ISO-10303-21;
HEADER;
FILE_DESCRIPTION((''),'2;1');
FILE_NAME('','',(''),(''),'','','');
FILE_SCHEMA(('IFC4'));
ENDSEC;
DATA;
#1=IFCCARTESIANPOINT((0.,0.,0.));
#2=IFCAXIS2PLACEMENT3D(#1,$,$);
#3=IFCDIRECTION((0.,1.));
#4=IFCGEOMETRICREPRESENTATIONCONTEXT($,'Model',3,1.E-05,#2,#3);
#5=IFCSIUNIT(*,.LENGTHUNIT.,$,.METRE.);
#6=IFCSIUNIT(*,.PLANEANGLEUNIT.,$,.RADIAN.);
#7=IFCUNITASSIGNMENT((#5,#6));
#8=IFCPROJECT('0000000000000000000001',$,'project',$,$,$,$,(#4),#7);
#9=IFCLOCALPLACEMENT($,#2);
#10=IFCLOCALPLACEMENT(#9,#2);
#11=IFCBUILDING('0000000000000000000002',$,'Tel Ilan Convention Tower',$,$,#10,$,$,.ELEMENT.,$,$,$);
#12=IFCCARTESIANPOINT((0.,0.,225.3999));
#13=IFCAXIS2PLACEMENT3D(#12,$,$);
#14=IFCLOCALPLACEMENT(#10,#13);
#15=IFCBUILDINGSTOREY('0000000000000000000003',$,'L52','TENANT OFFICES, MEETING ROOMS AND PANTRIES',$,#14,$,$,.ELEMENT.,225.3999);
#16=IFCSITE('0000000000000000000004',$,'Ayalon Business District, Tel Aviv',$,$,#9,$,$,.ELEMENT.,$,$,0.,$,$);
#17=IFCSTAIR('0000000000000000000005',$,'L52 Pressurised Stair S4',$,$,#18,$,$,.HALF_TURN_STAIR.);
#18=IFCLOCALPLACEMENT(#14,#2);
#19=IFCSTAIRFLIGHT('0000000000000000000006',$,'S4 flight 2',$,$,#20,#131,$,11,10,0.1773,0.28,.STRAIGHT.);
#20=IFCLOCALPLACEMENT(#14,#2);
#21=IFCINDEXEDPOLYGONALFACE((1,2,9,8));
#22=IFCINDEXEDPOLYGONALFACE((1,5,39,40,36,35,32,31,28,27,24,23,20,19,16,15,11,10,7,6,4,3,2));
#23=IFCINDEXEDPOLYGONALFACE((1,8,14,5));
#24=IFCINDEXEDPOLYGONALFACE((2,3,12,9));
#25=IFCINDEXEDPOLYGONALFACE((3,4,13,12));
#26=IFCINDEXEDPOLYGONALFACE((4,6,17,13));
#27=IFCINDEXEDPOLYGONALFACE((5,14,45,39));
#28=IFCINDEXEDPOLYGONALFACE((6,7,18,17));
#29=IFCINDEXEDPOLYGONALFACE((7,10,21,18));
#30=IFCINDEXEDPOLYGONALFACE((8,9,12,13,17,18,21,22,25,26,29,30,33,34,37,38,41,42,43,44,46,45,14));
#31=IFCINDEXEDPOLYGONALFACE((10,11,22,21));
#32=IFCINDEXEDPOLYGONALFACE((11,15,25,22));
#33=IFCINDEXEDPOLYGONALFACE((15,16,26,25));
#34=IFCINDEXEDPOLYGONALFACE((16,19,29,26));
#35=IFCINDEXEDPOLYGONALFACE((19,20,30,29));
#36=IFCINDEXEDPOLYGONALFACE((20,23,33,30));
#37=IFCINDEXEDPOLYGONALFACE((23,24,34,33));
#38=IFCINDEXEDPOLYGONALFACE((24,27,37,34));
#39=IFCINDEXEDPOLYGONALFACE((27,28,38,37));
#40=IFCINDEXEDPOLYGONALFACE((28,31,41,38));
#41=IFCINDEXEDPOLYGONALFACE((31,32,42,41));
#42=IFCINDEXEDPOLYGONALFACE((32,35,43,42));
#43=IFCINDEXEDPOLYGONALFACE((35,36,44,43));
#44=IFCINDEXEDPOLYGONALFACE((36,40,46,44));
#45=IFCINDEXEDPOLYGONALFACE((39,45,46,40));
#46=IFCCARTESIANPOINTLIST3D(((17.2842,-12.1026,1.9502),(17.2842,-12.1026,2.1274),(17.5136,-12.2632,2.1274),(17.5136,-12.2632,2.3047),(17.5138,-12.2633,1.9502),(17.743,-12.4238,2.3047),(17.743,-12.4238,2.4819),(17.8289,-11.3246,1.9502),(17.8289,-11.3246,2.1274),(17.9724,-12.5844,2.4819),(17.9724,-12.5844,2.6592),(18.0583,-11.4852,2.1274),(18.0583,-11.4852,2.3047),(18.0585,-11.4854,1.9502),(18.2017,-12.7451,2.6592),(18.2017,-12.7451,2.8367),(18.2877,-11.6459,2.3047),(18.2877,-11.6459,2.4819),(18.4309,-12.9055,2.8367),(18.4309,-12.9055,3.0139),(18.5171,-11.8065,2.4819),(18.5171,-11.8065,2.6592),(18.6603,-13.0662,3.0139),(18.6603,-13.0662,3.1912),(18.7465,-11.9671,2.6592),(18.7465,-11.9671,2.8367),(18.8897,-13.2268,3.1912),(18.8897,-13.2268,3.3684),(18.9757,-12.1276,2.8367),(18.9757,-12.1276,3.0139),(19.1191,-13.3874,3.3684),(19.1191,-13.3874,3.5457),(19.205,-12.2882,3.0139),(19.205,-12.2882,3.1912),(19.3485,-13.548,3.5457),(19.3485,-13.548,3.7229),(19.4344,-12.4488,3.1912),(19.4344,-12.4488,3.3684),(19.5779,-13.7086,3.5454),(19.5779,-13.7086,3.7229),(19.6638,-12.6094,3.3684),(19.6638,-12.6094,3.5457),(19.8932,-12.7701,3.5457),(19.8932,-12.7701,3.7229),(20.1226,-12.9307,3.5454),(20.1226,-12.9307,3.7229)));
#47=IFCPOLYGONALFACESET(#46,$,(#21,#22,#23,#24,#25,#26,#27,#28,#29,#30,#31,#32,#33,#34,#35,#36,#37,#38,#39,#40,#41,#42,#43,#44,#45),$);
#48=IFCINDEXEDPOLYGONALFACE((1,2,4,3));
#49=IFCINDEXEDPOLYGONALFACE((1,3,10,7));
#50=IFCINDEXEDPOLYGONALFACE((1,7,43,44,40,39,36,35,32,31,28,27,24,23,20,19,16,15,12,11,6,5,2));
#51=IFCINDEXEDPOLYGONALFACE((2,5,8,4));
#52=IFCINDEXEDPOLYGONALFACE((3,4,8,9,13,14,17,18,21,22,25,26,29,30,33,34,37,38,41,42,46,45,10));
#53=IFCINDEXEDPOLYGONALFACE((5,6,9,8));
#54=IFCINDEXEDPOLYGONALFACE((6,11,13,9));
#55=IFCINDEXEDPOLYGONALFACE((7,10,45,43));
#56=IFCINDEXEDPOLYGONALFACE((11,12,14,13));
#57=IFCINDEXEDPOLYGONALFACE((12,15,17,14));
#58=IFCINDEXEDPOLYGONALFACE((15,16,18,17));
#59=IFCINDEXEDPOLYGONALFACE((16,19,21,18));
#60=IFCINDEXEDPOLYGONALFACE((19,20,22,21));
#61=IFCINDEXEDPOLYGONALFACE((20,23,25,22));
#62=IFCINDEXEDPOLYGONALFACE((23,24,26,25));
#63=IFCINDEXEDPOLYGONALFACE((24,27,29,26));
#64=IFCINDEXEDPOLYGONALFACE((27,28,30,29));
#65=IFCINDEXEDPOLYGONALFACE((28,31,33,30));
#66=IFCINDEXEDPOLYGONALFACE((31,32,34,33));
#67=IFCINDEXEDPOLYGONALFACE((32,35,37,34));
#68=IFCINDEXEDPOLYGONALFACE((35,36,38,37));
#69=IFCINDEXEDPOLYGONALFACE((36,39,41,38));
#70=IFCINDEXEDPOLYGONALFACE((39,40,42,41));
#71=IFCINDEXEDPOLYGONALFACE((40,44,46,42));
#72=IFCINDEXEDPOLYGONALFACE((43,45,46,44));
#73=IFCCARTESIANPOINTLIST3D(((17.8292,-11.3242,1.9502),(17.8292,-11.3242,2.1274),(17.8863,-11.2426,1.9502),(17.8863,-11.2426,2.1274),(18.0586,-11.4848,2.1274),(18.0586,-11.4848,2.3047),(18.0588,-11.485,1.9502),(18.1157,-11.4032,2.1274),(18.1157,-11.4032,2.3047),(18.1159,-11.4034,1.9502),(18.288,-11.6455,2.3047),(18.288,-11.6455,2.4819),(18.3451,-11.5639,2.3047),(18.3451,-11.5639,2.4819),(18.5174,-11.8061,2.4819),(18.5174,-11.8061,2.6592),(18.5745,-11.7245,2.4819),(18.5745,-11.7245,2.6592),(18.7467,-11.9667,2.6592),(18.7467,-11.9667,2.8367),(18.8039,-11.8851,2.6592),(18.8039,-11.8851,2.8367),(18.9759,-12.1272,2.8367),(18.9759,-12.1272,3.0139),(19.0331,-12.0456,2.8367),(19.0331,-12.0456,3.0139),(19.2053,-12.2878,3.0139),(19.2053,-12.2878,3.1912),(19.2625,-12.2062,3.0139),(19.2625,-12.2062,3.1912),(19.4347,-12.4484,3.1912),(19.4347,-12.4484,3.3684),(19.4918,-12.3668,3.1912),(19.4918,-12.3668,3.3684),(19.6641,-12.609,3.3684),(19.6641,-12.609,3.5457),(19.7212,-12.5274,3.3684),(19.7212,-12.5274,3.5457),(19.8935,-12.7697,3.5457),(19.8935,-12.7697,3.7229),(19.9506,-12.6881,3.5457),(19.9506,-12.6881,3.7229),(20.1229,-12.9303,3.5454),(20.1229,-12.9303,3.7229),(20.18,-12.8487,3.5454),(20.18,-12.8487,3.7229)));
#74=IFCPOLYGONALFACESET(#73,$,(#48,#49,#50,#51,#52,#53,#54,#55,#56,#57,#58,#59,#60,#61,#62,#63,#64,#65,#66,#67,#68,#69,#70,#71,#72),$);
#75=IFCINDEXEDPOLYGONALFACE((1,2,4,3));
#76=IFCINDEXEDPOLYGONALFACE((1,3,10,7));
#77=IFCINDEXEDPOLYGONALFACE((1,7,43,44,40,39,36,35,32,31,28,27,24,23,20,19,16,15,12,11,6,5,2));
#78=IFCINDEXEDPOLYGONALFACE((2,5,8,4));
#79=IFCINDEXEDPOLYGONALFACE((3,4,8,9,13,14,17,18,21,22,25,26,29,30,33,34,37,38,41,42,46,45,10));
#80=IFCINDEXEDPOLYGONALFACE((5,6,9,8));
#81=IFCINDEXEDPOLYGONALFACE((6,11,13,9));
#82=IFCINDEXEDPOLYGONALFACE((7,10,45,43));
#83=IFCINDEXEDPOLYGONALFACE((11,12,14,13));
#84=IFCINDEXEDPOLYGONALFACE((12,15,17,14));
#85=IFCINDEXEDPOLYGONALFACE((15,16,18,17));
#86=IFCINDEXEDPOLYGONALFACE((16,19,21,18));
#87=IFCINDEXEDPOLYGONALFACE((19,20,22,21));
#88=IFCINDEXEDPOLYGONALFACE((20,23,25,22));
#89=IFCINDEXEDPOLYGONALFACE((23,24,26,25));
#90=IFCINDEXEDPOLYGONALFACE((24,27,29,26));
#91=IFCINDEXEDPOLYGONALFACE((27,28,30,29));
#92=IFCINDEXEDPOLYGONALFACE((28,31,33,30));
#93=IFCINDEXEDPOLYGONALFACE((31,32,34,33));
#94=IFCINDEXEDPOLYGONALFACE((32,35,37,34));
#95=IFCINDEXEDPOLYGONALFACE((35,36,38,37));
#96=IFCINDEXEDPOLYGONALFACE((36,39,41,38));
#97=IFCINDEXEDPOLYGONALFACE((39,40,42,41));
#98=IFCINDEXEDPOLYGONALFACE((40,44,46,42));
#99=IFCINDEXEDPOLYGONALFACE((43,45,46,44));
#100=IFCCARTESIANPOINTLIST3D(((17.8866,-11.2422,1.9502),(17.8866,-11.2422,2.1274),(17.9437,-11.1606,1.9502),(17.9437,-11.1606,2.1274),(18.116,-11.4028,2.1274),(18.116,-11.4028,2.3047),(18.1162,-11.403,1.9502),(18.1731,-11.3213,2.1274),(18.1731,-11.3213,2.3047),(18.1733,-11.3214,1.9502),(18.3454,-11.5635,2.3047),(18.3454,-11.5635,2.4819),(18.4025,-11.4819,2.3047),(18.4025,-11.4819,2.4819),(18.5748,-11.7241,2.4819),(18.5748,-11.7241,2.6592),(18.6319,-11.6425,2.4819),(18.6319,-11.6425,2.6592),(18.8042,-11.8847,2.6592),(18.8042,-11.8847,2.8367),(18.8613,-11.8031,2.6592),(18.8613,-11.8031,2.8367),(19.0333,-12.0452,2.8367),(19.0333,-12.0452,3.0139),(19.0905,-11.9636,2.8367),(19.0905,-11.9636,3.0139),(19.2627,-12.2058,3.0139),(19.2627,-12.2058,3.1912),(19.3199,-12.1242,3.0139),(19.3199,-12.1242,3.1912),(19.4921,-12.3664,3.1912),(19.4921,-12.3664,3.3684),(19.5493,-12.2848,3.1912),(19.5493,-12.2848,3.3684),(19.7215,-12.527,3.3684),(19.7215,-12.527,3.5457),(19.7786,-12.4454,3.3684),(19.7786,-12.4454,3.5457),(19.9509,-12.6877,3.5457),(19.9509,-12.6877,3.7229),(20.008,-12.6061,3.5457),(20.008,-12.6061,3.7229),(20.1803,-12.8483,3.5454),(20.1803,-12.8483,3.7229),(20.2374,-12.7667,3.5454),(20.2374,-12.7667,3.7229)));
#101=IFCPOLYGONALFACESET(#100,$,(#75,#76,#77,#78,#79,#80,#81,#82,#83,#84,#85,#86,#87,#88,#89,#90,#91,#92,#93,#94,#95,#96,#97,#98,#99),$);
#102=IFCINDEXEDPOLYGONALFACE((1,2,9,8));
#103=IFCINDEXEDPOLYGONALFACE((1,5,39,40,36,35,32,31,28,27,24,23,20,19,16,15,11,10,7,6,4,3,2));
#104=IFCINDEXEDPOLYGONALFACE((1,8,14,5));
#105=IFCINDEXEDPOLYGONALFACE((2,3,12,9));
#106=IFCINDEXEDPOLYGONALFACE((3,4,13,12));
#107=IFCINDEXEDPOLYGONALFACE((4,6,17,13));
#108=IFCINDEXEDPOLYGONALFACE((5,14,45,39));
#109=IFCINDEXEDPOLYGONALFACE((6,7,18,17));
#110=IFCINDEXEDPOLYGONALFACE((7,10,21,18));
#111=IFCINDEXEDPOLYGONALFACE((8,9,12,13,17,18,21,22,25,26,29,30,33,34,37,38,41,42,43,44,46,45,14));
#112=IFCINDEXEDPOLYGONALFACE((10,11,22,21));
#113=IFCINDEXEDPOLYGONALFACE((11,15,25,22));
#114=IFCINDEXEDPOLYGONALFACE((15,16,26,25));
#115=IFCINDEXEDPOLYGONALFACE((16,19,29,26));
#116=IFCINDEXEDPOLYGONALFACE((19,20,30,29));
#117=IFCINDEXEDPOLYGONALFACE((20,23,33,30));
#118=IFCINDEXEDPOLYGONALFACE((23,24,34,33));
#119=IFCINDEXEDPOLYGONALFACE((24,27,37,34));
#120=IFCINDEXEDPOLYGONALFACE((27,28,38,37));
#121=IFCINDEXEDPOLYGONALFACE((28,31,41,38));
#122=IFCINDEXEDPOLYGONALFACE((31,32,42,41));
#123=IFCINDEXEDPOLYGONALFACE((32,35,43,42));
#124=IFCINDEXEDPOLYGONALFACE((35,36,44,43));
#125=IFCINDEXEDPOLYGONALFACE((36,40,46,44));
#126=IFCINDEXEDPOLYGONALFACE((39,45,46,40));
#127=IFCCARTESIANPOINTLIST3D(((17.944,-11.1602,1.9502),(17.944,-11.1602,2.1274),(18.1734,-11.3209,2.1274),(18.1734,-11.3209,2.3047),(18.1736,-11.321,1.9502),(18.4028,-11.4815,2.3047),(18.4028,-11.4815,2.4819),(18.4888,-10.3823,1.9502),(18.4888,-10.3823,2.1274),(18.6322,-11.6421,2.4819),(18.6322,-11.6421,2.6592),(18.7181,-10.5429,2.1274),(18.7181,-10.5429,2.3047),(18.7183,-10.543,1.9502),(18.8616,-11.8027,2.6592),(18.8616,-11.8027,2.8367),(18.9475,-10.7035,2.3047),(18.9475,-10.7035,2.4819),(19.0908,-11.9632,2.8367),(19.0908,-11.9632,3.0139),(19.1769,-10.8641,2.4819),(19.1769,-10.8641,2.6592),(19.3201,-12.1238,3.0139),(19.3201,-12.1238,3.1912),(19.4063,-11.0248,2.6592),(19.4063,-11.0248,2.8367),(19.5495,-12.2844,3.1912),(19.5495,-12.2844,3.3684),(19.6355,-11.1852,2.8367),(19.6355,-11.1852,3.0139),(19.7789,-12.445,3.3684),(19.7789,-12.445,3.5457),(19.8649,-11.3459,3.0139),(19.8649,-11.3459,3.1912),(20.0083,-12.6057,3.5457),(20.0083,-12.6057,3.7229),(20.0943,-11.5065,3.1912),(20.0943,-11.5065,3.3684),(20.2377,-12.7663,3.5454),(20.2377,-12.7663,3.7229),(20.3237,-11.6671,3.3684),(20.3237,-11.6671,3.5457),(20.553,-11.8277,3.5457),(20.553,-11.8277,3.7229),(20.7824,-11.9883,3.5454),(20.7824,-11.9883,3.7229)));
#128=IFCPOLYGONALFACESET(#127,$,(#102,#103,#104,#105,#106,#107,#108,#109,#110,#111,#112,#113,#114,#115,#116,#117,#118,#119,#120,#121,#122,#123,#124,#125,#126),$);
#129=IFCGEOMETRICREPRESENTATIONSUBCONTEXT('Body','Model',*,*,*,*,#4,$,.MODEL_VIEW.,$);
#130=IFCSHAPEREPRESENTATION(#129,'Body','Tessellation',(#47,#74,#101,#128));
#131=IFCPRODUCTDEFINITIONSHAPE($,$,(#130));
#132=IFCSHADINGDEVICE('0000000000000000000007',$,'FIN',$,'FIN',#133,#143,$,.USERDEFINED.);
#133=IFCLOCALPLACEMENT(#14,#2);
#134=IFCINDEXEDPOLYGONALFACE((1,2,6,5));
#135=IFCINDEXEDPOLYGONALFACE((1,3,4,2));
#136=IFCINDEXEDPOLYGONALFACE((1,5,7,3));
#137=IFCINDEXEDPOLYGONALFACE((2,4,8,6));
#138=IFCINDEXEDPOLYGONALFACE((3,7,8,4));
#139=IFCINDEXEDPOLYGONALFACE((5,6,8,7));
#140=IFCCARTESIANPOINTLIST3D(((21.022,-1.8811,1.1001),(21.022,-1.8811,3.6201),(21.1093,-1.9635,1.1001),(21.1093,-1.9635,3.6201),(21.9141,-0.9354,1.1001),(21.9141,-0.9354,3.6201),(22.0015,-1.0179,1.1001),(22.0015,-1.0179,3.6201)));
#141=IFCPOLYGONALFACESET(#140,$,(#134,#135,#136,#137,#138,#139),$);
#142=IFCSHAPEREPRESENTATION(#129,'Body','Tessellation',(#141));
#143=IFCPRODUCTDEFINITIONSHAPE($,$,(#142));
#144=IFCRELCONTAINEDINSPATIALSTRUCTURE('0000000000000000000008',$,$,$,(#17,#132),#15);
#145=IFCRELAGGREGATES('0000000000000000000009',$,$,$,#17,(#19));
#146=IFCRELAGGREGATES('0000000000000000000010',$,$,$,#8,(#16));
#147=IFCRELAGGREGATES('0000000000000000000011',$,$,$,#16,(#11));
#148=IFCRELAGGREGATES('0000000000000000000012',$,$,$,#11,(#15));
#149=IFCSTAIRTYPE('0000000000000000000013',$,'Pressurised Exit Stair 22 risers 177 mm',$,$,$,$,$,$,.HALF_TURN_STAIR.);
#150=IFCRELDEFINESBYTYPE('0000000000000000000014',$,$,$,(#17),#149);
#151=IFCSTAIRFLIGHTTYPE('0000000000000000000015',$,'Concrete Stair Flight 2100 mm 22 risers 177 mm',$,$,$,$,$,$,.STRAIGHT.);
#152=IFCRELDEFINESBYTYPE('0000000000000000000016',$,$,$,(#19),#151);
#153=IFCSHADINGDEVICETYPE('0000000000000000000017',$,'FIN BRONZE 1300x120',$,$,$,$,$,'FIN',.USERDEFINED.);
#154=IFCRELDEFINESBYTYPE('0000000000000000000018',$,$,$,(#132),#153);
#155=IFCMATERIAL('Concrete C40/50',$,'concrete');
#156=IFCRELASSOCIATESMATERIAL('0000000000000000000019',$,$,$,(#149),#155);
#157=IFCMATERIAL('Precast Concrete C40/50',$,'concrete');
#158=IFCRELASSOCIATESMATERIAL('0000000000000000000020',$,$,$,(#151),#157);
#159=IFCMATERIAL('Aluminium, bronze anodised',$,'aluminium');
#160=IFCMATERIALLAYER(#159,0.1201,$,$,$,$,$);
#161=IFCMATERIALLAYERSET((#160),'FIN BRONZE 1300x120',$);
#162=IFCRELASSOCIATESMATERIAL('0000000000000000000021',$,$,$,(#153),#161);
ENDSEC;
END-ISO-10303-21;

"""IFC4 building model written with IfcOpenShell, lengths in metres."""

from ifc_helpers import new_model, si_unit, direction, frame, origin, origin_2d, place, context, subcontext, project, spatial, polyline, rectangle, outline, extrude, material, layer, layer_set, type_object, element, aggregate, save


model = new_model("IFC4")

# Units and contexts
model_context = context("Model", 3, precision=1e-05, world=origin(), true_north=direction((0.0, 1.0)))
body_context = subcontext(model_context, "Body", "Model", "MODEL_VIEW")
ifc_project = project(units=[si_unit("LENGTHUNIT", "METRE"), si_unit("PLANEANGLEUNIT", "RADIAN")], contexts=[model_context])

# Site, building, storey
site_placement = place(None, origin())
site = spatial("IfcSite", under=ifc_project, at=site_placement, Name="Ayalon Business District, Tel Aviv", CompositionType="ELEMENT", RefElevation=0.0)
building_placement = place(site_placement, origin())
building = spatial("IfcBuilding", under=site, at=building_placement, Name="Tel Ilan Convention Tower", CompositionType="ELEMENT")
storey_placement = place(building_placement, frame((0.0, 0.0, 225.3999)))
storey = spatial("IfcBuildingStorey", under=building, at=storey_placement, Name="L52", Description="TENANT OFFICES, MEETING ROOMS AND PANTRIES", CompositionType="ELEMENT", Elevation=225.3999)

# Shared definitions
ifc_material_1 = material(Name="Concrete C40/50", Category="concrete")
stair_type = type_object("IfcStairType", Name="Pressurised Exit Stair 22 risers 177 mm", PredefinedType="HALF_TURN_STAIR", material=ifc_material_1)
ifc_material_2 = material(Name="Precast Concrete C40/50", Category="concrete")
stair_flight_type = type_object("IfcStairFlightType", Name="Concrete Stair Flight 2100 mm 22 risers 177 mm", PredefinedType="STRAIGHT", material=ifc_material_2)

# Stair, stair flight
stair_1_placement = place(storey_placement, origin())
stair_1 = element("IfcStair", 1, at=stair_1_placement, inside=storey, type_object=stair_type, Name="L52 Pressurised Stair S4", PredefinedType="HALF_TURN_STAIR")
stair_flight_1_placement = place(storey_placement, frame((17.8865, -11.2424, 1.9502), z_axis=(0.0, 0.0, 1.0), x_axis=(0.819152, -0.573576, 0.0)))
stair_flight_1 = element("IfcStairFlight", 2, at=stair_flight_1_placement, type_object=stair_flight_type, Name="S4 flight 2", NumberOfRisers=11, NumberOfTreads=10, PredefinedType="STRAIGHT", RiserHeight=0.1773, TreadLength=0.28, context=body_context, shape_type="SweptSolid", body=[
    extrude(outline(polyline([(0.0, 0.0), (0.0, 0.1772), (0.28, 0.1772), (0.28, 0.3545), (0.5601, 0.3545), (0.5601, 0.5317), (0.8401, 0.5317), (0.8401, 0.709), (1.1201, 0.709), (1.1201, 0.8865), (1.3999, 0.8865), (1.3999, 1.0637), (1.6799, 1.0637), (1.6799, 1.241), (1.96, 1.241), (1.96, 1.4182), (2.24, 1.4182), (2.24, 1.5955), (2.52, 1.5955), (2.52, 1.7727), (2.8, 1.7727), (2.8, 1.95), (2.8, 1.5952), (0.2803, 0.0), (0.0, 0.0)])), frame((0.0, -0.1003, 0.0), z_axis=(0.0, -1.0, 0.0), x_axis=(1.0, 0.0, 0.0)), (0.0, 0.0, 1.0), 0.9497),
    extrude(outline(polyline([(0.0, 0.0), (0.0, 0.1772), (0.28, 0.1772), (0.28, 0.3545), (0.5601, 0.3545), (0.5601, 0.5317), (0.8401, 0.5317), (0.8401, 0.709), (1.1201, 0.709), (1.1201, 0.8865), (1.3999, 0.8865), (1.3999, 1.0637), (1.6799, 1.0637), (1.6799, 1.241), (1.96, 1.241), (1.96, 1.4182), (2.24, 1.4182), (2.24, 1.5955), (2.52, 1.5955), (2.52, 1.7727), (2.8, 1.7727), (2.8, 1.95), (2.8, 1.5952), (0.2803, 0.0), (0.0, 0.0)])), frame((0.0, -0.0002, 0.0), z_axis=(0.0, -1.0, 0.0), x_axis=(1.0, 0.0, 0.0)), (0.0, 0.0, 1.0), 0.0996),
    extrude(outline(polyline([(0.0, 0.0), (0.0, 0.1772), (0.28, 0.1772), (0.28, 0.3545), (0.5601, 0.3545), (0.5601, 0.5317), (0.8401, 0.5317), (0.8401, 0.709), (1.1201, 0.709), (1.1201, 0.8865), (1.3999, 0.8865), (1.3999, 1.0637), (1.6799, 1.0637), (1.6799, 1.241), (1.96, 1.241), (1.96, 1.4182), (2.24, 1.4182), (2.24, 1.5955), (2.52, 1.5955), (2.52, 1.7727), (2.8, 1.7727), (2.8, 1.95), (2.8, 1.5952), (0.2803, 0.0), (0.0, 0.0)])), frame((0.0, 0.0999, 0.0), z_axis=(0.0, -1.0, 0.0), x_axis=(1.0, 0.0, 0.0)), (0.0, 0.0, 1.0), 0.0996),
    extrude(outline(polyline([(0.0, 0.0), (0.0, 0.1772), (0.28, 0.1772), (0.28, 0.3545), (0.5601, 0.3545), (0.5601, 0.5317), (0.8401, 0.5317), (0.8401, 0.709), (1.1201, 0.709), (1.1201, 0.8865), (1.3999, 0.8865), (1.3999, 1.0637), (1.6799, 1.0637), (1.6799, 1.241), (1.96, 1.241), (1.96, 1.4182), (2.24, 1.4182), (2.24, 1.5955), (2.52, 1.5955), (2.52, 1.7727), (2.8, 1.7727), (2.8, 1.95), (2.8, 1.5952), (0.2803, 0.0), (0.0, 0.0)])), frame((0.0, 1.05, 0.0), z_axis=(0.0, -1.0, 0.0), x_axis=(1.0, 0.0, 0.0)), (0.0, 0.0, 1.0), 0.9497),
])
aggregate(stair_1, [stair_flight_1])

# Shading device
ifc_material_3 = material(Name="Aluminium, bronze anodised", Category="aluminium")
ifc_layer_1 = layer(ifc_material_3, 0.1201)
ifc_layer_set_1 = layer_set([ifc_layer_1], Name="FIN BRONZE 1300x120")
shading_device_type = type_object("IfcShadingDeviceType", Name="FIN BRONZE 1300x120", ElementType="FIN", PredefinedType="USERDEFINED", material=ifc_layer_set_1)
shading_device_placement = place(storey_placement, frame((21.5117, -1.4495, 1.1001), z_axis=(0.0, 0.0, 1.0), x_axis=(0.686242, 0.727374, 0.0)))
element("IfcShadingDevice", 3, at=shading_device_placement, inside=storey, type_object=shading_device_type, Name="FIN", ObjectType="FIN", PredefinedType="USERDEFINED", context=body_context, shape_type="SweptSolid", body=[
    extrude(rectangle(XDim=1.3, YDim=0.1201, at=origin_2d()), origin(), (0.0, 0.0, 1.0), 2.52),
])

save(model, "model.ifc")
